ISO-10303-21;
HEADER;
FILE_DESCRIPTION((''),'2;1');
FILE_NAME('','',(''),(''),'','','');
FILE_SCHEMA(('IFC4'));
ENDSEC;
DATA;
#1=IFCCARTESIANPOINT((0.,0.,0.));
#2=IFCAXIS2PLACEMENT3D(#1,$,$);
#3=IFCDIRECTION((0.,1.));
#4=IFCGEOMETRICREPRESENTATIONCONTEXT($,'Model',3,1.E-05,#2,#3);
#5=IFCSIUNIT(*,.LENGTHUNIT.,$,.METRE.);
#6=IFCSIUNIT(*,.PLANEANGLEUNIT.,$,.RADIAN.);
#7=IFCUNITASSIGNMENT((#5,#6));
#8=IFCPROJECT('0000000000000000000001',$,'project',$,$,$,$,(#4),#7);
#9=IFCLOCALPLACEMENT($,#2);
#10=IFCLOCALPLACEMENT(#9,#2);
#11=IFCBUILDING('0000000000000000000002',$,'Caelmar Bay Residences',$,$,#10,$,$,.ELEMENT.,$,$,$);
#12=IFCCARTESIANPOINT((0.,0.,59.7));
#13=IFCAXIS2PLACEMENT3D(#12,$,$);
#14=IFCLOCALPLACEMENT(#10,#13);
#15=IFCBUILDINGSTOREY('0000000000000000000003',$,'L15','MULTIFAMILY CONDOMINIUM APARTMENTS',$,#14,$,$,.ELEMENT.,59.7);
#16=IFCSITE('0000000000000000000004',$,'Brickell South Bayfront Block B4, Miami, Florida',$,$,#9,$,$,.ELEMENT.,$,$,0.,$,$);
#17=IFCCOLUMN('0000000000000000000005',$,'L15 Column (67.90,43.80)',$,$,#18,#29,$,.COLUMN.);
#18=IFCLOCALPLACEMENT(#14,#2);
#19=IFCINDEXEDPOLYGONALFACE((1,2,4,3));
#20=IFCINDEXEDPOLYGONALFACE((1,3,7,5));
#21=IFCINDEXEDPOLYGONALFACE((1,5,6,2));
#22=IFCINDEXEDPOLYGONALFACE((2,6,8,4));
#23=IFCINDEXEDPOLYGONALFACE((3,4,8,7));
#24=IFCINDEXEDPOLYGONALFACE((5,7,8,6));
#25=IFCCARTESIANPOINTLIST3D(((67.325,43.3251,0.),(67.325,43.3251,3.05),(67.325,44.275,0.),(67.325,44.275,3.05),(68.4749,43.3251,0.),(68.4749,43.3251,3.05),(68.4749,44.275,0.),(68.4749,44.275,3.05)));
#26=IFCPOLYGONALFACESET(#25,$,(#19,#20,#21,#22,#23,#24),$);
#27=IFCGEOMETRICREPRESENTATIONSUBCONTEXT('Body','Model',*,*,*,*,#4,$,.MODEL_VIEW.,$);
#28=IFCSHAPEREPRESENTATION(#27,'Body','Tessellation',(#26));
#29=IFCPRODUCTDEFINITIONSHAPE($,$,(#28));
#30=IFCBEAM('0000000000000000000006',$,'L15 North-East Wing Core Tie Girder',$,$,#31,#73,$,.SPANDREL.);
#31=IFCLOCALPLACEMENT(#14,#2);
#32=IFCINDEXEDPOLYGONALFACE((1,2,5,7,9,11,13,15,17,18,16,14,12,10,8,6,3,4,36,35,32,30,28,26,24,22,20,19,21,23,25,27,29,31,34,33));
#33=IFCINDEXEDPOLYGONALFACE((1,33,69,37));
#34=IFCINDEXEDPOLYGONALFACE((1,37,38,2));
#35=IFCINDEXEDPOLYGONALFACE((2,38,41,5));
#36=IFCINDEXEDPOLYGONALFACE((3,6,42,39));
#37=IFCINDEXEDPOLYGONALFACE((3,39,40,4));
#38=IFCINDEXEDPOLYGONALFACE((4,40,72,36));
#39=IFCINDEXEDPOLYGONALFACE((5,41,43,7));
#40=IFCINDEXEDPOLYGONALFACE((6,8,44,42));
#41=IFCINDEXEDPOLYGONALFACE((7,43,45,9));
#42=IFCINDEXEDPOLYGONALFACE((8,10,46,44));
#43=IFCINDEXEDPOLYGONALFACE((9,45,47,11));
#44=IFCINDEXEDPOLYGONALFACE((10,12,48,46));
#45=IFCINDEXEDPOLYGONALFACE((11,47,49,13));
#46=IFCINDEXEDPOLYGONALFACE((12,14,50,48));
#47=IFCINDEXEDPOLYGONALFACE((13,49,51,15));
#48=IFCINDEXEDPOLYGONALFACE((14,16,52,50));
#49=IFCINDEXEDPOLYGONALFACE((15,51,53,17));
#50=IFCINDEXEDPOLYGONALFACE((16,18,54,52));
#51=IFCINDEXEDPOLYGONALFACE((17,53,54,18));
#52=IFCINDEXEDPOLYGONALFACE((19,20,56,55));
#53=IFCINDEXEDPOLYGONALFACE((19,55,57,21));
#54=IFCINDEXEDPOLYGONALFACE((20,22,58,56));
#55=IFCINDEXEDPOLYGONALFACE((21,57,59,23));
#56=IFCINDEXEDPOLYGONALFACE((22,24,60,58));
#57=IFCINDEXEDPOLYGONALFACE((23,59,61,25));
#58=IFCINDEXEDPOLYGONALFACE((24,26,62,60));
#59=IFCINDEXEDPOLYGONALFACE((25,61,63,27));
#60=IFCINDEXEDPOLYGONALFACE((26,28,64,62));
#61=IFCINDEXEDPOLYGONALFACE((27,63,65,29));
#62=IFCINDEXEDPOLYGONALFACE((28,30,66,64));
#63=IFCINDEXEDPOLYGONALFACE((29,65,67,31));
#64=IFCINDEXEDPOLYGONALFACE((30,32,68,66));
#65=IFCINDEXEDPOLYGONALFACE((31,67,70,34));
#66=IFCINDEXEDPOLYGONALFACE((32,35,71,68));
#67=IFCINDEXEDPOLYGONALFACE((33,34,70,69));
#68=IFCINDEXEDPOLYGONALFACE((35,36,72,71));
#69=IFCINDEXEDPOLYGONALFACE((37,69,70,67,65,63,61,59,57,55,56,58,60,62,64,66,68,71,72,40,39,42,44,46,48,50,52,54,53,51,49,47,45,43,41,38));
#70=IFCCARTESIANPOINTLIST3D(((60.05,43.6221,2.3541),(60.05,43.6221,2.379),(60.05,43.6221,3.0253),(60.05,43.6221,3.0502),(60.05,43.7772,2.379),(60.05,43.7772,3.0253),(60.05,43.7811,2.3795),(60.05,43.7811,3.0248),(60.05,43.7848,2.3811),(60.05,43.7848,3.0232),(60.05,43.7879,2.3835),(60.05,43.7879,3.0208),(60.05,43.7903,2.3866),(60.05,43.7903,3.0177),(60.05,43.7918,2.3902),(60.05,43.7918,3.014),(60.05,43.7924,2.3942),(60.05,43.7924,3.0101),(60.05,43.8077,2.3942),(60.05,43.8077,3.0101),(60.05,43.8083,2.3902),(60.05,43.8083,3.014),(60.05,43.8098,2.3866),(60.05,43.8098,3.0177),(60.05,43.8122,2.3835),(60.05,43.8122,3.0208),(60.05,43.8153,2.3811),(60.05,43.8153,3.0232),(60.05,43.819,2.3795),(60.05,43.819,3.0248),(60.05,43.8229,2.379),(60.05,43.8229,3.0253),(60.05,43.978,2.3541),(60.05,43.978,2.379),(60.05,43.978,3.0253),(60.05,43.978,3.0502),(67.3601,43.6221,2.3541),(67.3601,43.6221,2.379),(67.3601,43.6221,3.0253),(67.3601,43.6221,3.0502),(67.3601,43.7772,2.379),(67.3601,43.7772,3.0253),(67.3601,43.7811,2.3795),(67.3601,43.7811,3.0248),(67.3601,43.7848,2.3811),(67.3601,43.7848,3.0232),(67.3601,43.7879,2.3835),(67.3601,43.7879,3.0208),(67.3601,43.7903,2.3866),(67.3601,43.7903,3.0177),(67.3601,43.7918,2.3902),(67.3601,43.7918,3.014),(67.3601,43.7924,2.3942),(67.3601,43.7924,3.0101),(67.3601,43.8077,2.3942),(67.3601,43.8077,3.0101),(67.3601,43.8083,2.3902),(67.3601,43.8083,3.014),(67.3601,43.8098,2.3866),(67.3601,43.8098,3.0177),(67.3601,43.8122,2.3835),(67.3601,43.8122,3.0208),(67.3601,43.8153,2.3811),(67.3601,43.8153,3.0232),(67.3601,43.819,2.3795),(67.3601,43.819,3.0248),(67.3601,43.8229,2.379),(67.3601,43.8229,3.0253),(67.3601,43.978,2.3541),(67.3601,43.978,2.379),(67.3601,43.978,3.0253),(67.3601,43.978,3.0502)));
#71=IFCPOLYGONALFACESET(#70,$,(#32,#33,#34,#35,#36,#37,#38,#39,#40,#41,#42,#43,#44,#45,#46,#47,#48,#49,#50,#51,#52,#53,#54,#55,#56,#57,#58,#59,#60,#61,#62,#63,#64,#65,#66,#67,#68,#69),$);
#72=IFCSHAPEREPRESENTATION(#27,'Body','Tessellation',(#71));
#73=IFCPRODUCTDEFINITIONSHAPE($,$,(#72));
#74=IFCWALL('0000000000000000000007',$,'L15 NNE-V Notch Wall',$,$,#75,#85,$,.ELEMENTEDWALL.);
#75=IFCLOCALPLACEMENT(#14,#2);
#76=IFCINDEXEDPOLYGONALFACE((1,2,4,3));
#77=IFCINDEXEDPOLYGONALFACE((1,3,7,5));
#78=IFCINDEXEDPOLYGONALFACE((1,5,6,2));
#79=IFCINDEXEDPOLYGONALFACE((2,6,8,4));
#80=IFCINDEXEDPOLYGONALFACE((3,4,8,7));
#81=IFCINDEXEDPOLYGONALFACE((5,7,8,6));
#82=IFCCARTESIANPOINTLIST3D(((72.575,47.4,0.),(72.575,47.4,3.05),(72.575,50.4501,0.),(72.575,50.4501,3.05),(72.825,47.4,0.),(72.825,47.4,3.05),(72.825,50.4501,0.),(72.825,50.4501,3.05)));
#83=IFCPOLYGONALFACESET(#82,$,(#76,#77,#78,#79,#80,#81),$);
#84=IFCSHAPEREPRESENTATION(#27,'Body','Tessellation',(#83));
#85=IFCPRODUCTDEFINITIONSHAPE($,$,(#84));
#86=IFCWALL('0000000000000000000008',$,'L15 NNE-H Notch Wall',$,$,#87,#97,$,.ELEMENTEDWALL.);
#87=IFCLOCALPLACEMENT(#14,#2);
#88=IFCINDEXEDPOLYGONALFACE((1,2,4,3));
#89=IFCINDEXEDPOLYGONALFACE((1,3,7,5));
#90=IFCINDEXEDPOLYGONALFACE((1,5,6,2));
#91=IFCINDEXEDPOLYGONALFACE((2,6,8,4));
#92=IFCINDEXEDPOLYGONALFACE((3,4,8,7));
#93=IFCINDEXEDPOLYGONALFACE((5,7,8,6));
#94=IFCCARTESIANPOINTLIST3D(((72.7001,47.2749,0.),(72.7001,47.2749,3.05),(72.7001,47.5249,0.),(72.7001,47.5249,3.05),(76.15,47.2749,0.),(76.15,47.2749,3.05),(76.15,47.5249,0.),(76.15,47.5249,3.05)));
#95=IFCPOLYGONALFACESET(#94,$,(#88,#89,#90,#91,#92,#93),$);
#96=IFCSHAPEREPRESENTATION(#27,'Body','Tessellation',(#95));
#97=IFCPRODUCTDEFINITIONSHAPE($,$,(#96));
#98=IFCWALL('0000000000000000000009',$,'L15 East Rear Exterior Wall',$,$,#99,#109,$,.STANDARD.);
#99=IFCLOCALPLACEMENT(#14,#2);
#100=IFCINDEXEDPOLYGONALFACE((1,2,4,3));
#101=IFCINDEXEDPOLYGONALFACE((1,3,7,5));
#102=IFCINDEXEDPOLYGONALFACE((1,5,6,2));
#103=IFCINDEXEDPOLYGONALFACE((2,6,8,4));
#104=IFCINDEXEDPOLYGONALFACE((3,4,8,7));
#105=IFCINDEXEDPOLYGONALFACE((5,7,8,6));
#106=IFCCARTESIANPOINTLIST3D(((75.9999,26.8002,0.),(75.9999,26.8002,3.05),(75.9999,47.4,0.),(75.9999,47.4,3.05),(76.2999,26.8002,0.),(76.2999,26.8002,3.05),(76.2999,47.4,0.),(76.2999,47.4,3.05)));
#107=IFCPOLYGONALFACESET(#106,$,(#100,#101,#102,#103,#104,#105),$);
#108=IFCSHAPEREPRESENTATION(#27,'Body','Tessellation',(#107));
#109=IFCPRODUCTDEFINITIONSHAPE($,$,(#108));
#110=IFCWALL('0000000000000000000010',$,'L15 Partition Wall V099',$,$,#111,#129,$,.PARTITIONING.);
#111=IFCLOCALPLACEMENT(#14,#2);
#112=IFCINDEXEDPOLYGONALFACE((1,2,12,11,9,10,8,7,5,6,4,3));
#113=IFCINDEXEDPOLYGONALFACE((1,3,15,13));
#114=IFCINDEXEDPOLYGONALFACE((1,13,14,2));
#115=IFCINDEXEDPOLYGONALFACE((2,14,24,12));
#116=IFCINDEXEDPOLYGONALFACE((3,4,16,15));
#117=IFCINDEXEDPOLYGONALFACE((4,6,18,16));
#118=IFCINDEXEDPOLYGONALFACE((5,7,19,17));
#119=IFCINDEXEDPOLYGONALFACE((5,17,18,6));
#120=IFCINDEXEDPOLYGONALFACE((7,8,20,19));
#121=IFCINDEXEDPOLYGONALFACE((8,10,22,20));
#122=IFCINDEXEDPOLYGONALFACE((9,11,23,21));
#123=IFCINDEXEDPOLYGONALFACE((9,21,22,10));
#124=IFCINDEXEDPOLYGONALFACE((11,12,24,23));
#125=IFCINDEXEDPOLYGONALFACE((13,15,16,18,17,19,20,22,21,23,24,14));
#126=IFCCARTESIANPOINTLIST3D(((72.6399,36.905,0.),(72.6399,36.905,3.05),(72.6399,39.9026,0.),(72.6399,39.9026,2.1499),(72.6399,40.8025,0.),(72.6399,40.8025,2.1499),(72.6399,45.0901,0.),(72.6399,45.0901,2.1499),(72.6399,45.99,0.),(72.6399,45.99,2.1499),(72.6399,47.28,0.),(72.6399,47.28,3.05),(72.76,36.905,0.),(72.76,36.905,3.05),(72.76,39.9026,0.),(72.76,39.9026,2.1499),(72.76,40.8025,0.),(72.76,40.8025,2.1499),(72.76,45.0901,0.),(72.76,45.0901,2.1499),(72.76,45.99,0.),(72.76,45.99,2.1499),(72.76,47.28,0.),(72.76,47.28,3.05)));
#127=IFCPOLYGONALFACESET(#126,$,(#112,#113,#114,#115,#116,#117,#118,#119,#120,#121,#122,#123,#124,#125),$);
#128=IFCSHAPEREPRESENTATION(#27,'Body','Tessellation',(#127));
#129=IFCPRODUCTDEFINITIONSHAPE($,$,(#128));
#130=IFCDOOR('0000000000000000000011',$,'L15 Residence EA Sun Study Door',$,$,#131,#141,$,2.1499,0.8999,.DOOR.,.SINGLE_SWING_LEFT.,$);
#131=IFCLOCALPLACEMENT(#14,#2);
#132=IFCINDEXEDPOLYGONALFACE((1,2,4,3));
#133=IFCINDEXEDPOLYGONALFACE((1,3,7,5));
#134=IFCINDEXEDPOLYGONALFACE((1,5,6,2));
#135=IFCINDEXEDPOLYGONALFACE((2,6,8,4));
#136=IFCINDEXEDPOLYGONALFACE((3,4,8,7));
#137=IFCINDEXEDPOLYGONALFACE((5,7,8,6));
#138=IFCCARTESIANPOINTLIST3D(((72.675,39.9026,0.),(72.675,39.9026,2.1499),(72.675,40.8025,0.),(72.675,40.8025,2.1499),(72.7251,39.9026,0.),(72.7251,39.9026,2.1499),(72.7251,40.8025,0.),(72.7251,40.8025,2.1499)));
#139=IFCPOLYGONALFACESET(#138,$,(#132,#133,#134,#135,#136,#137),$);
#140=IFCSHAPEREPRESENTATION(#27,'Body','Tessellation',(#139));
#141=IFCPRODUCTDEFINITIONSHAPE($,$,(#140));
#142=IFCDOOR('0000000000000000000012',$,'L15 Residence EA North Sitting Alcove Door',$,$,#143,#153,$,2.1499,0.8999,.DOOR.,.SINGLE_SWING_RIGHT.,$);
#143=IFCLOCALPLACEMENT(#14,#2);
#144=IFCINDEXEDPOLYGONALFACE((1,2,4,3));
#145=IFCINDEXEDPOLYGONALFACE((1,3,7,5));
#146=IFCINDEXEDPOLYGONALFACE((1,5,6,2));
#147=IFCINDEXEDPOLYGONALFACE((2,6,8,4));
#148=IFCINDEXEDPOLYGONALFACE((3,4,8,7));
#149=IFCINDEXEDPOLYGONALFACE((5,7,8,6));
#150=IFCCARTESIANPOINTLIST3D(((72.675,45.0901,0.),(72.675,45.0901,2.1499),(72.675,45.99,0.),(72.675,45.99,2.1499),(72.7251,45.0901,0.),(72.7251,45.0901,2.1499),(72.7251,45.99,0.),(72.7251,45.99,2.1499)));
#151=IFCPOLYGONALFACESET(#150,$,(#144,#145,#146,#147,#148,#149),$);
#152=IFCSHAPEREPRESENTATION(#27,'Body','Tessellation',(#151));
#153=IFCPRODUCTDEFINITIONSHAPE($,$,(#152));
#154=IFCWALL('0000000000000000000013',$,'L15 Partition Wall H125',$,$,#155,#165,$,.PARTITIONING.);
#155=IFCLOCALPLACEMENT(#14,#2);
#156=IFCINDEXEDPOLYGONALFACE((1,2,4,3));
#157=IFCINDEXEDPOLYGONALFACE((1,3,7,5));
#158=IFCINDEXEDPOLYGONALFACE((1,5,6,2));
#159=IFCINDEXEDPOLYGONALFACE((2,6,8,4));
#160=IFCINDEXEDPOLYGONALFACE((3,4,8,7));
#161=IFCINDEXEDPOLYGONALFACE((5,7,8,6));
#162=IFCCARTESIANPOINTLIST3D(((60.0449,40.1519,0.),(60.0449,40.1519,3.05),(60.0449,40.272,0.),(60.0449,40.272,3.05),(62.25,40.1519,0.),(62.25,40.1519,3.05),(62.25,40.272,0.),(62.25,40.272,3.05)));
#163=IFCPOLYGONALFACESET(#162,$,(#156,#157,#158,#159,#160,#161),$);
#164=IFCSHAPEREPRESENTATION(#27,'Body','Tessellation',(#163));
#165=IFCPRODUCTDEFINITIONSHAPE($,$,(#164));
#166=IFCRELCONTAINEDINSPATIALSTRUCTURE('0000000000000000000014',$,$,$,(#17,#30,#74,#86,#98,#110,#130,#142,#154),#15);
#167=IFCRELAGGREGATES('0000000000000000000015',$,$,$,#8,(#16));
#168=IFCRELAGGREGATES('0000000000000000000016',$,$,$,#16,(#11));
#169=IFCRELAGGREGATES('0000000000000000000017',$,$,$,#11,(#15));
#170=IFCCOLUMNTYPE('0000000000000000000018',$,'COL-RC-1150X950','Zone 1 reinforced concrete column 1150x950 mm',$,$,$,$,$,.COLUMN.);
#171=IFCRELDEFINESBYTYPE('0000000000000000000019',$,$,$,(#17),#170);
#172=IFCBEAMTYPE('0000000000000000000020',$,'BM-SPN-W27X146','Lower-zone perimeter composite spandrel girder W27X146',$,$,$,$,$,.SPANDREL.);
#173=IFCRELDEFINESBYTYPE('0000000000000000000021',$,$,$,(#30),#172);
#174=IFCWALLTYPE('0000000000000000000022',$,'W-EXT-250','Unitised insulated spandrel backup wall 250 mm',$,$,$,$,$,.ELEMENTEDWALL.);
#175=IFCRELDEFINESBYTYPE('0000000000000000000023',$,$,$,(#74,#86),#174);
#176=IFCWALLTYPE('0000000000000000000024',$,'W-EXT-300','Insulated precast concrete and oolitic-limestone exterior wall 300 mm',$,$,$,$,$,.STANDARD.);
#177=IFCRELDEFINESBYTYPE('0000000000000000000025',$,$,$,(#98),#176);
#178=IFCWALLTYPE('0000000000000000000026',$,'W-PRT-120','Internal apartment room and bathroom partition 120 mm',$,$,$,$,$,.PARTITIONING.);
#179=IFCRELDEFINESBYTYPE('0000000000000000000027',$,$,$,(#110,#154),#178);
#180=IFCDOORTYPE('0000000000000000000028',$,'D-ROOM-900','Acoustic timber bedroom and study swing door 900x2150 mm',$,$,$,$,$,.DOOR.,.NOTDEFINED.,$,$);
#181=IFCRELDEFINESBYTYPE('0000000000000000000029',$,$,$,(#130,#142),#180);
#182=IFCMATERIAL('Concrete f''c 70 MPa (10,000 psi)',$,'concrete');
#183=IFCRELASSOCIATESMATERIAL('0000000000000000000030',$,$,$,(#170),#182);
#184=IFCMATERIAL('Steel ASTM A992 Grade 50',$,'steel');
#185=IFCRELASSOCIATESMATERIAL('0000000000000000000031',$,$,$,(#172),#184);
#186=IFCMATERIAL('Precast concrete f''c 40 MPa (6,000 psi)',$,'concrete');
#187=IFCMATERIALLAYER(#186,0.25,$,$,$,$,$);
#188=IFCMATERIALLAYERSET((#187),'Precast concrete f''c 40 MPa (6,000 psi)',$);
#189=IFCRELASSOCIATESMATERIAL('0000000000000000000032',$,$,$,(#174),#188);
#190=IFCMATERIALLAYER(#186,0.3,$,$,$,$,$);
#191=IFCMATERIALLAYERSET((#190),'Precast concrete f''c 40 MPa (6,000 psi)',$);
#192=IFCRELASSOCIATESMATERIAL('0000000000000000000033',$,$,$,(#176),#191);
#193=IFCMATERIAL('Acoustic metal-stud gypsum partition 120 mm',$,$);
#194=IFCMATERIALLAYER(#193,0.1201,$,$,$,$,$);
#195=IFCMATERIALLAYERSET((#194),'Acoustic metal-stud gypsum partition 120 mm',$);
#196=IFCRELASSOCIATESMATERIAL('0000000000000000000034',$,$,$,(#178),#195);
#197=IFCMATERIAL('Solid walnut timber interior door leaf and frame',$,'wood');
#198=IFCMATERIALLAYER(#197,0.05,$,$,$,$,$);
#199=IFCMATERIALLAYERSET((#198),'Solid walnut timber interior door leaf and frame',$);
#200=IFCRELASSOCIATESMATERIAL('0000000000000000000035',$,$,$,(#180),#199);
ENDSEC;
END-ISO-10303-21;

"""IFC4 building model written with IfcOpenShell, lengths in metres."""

from ifc_helpers import new_model, si_unit, direction, frame, frame_2d, origin, origin_2d, place, context, subcontext, project, spatial, rectangle, i_section, extrude, material, layer, layer_set, material_profile, profile_set, type_object, element, fill, save


model = new_model("IFC4")

# Units and contexts
model_context = context("Model", 3, precision=1e-05, world=origin(), true_north=direction((0.0, 1.0)))
body_context = subcontext(model_context, "Body", "Model", "MODEL_VIEW")
ifc_project = project(units=[si_unit("LENGTHUNIT", "METRE"), si_unit("PLANEANGLEUNIT", "RADIAN")], contexts=[model_context])

# Site, building, storey
site_placement = place(None, origin())
site = spatial("IfcSite", under=ifc_project, at=site_placement, Name="Brickell South Bayfront Block B4, Miami, Florida", CompositionType="ELEMENT", RefElevation=0.0)
building_placement = place(site_placement, origin())
building = spatial("IfcBuilding", under=site, at=building_placement, Name="Caelmar Bay Residences", CompositionType="ELEMENT")
storey_placement = place(building_placement, frame((0.0, 0.0, 59.7)))
storey = spatial("IfcBuildingStorey", under=building, at=storey_placement, Name="L15", Description="MULTIFAMILY CONDOMINIUM APARTMENTS", CompositionType="ELEMENT", Elevation=59.7)

# Column
ifc_material_1 = material(Name="Concrete f'c 70 MPa (10,000 psi)", Category="concrete")
ifc_material_profile_1 = material_profile(ifc_material_1, rectangle(XDim=1.1499, YDim=0.95, at=origin_2d()), Name="RC-COL-1150X950")
ifc_profile_set_1 = profile_set([ifc_material_profile_1], Name="Concrete f'c 70 MPa (10,000 psi)")
column_type = type_object("IfcColumnType", Name="COL-RC-1150X950", Description="Zone 1 reinforced concrete column 1150x950 mm", PredefinedType="COLUMN", material=ifc_profile_set_1)
column_placement = place(storey_placement, frame((67.8999, 43.8, 0.0), z_axis=(0.0, 0.0, 1.0), x_axis=(1.0, 0.0, 0.0)))
element("IfcColumn", 1, at=column_placement, inside=storey, type_object=column_type, Name="L15 Column (67.90,43.80)", PredefinedType="COLUMN", context=body_context, shape_type="SweptSolid", body=[
    extrude(rectangle(XDim=1.1499, YDim=0.95, at=origin_2d()), origin(), (0.0, 0.0, 1.0), 3.05),
])

# Beam
ifc_material_2 = material(Name="Steel ASTM A992 Grade 50", Category="steel")
ifc_material_profile_2 = material_profile(ifc_material_2, i_section(OverallWidth=0.356, OverallDepth=0.696, WebThickness=0.0154, FlangeThickness=0.0249, FilletRadius=0.0151, at=origin_2d()), Name="W27X146")
ifc_profile_set_2 = profile_set([ifc_material_profile_2], Name="Steel ASTM A992 Grade 50")
beam_type = type_object("IfcBeamType", Name="BM-SPN-W27X146", Description="Lower-zone perimeter composite spandrel girder W27X146", PredefinedType="SPANDREL", material=ifc_profile_set_2)
beam_placement = place(storey_placement, frame((60.05, 43.8, 2.7021), z_axis=(1.0, 0.0, 0.0), x_axis=(0.0, 1.0, 0.0)))
element("IfcBeam", 2, at=beam_placement, inside=storey, type_object=beam_type, Name="L15 North-East Wing Core Tie Girder", PredefinedType="SPANDREL", context=body_context, shape_type="SweptSolid", body=[
    extrude(i_section(OverallWidth=0.356, OverallDepth=0.696, WebThickness=0.0154, FlangeThickness=0.0249, FilletRadius=0.0151, at=origin_2d()), origin(), (0.0, 0.0, 1.0), 7.3101),
])

# Walls
ifc_material_3 = material(Name="Precast concrete f'c 40 MPa (6,000 psi)", Category="concrete")
ifc_layer_1 = layer(ifc_material_3, 0.25)
ifc_layer_set_1 = layer_set([ifc_layer_1], Name="Precast concrete f'c 40 MPa (6,000 psi)")
wall_type_1 = type_object("IfcWallType", Name="W-EXT-250", Description="Unitised insulated spandrel backup wall 250 mm", PredefinedType="ELEMENTEDWALL", material=ifc_layer_set_1)
wall_1_placement = place(storey_placement, frame((72.7, 50.45, 0.0), z_axis=(0.0, 0.0, 1.0), x_axis=(0.0, -1.0, 0.0)))
element("IfcWall", 3, at=wall_1_placement, inside=storey, type_object=wall_type_1, Name="L15 NNE-V Notch Wall", PredefinedType="ELEMENTEDWALL", context=body_context, shape_type="SweptSolid", body=[
    extrude(rectangle(XDim=3.05, YDim=0.25, at=frame_2d((1.5249, 0.0))), origin(), (0.0, 0.0, 1.0), 3.05),
])
wall_2_placement = place(storey_placement, frame((72.7, 47.3999, 0.0), z_axis=(0.0, 0.0, 1.0), x_axis=(1.0, 0.0, 0.0)))
element("IfcWall", 4, at=wall_2_placement, inside=storey, type_object=wall_type_1, Name="L15 NNE-H Notch Wall", PredefinedType="ELEMENTEDWALL", context=body_context, shape_type="SweptSolid", body=[
    extrude(rectangle(XDim=3.45, YDim=0.25, at=frame_2d((1.7251, 0.0))), origin(), (0.0, 0.0, 1.0), 3.05),
])
ifc_layer_2 = layer(ifc_material_3, 0.3)
ifc_layer_set_2 = layer_set([ifc_layer_2], Name="Precast concrete f'c 40 MPa (6,000 psi)")
wall_type_2 = type_object("IfcWallType", Name="W-EXT-300", Description="Insulated precast concrete and oolitic-limestone exterior wall 300 mm", PredefinedType="STANDARD", material=ifc_layer_set_2)
wall_3_placement = place(storey_placement, frame((76.1499, 47.3999, 0.0), z_axis=(0.0, 0.0, 1.0), x_axis=(0.0, -1.0, 0.0)))
element("IfcWall", 5, at=wall_3_placement, inside=storey, type_object=wall_type_2, Name="L15 East Rear Exterior Wall", PredefinedType="STANDARD", context=body_context, shape_type="SweptSolid", body=[
    extrude(rectangle(XDim=20.5999, YDim=0.3, at=frame_2d((10.2998, 0.0))), origin(), (0.0, 0.0, 1.0), 3.05),
])

# Wall, openings, doors
ifc_material_4 = material(Name="Acoustic metal-stud gypsum partition 120 mm")
ifc_layer_3 = layer(ifc_material_4, 0.1201)
ifc_layer_set_3 = layer_set([ifc_layer_3], Name="Acoustic metal-stud gypsum partition 120 mm")
wall_type_3 = type_object("IfcWallType", Name="W-PRT-120", Description="Internal apartment room and bathroom partition 120 mm", PredefinedType="PARTITIONING", material=ifc_layer_set_3)
wall_4_placement = place(storey_placement, frame((72.7, 36.905, 0.0), z_axis=(0.0, 0.0, 1.0), x_axis=(0.0, 1.0, 0.0)))
wall_4 = element("IfcWall", 6, at=wall_4_placement, inside=storey, type_object=wall_type_3, Name="L15 Partition Wall V099", PredefinedType="PARTITIONING", context=body_context, shape_type="SweptSolid", body=[
    extrude(rectangle(XDim=10.375, YDim=0.1201, at=frame_2d((5.1875, 0.0))), origin(), (0.0, 0.0, 1.0), 3.05),
])
opening_1_placement = place(wall_4_placement, frame((2.9976, 0.0, 0.0)))
opening_1 = element("IfcOpeningElement", 7, at=opening_1_placement, cuts=wall_4, PredefinedType="OPENING", context=body_context, shape_type="SweptSolid", body=[
    extrude(rectangle(XDim=0.8999, YDim=2.1499, at=frame_2d((0.45, 1.075))), frame((0.0, 0.0701, 0.0), z_axis=(0.0, -1.0, 0.0), x_axis=(1.0, 0.0, 0.0)), (0.0, 0.0, 1.0), 0.1401),
])
opening_2_placement = place(wall_4_placement, frame((8.1851, 0.0, 0.0)))
opening_2 = element("IfcOpeningElement", 8, at=opening_2_placement, cuts=wall_4, PredefinedType="OPENING", context=body_context, shape_type="SweptSolid", body=[
    extrude(rectangle(XDim=0.8999, YDim=2.1499, at=frame_2d((0.45, 1.075))), frame((0.0, 0.0701, 0.0), z_axis=(0.0, -1.0, 0.0), x_axis=(1.0, 0.0, 0.0)), (0.0, 0.0, 1.0), 0.1401),
])
ifc_material_5 = material(Name="Solid walnut timber interior door leaf and frame", Category="wood")
ifc_layer_4 = layer(ifc_material_5, 0.05)
ifc_layer_set_4 = layer_set([ifc_layer_4], Name="Solid walnut timber interior door leaf and frame")
door_type_1 = type_object("IfcDoorType", Name="D-ROOM-900", Description="Acoustic timber bedroom and study swing door 900x2150 mm", OperationType="NOTDEFINED", PredefinedType="DOOR", material=ifc_layer_set_4)
door_1_placement = place(opening_1_placement, origin())
door_1 = element("IfcDoor", 9, at=door_1_placement, inside=storey, type_object=door_type_1, Name="L15 Residence EA Sun Study Door", OperationType="SINGLE_SWING_LEFT", OverallHeight=2.1499, OverallWidth=0.8999, PredefinedType="DOOR", context=body_context, shape_type="SweptSolid", body=[
    extrude(rectangle(XDim=0.8999, YDim=2.1499, at=frame_2d((0.45, 1.075))), frame((0.0, 0.0249, 0.0), z_axis=(0.0, -1.0, 0.0), x_axis=(1.0, 0.0, 0.0)), (0.0, 0.0, 1.0), 0.05),
])
fill(opening_1, door_1)
door_2_placement = place(opening_2_placement, origin())
door_2 = element("IfcDoor", 10, at=door_2_placement, inside=storey, type_object=door_type_1, Name="L15 Residence EA North Sitting Alcove Door", OperationType="SINGLE_SWING_RIGHT", OverallHeight=2.1499, OverallWidth=0.8999, PredefinedType="DOOR", context=body_context, shape_type="SweptSolid", body=[
    extrude(rectangle(XDim=0.8999, YDim=2.1499, at=frame_2d((0.45, 1.075))), frame((0.0, 0.0249, 0.0), z_axis=(0.0, -1.0, 0.0), x_axis=(1.0, 0.0, 0.0)), (0.0, 0.0, 1.0), 0.05),
])
fill(opening_2, door_2)

# Wall
wall_5_placement = place(storey_placement, frame((60.0449, 40.2119, 0.0), z_axis=(0.0, 0.0, 1.0), x_axis=(1.0, 0.0, 0.0)))
element("IfcWall", 11, at=wall_5_placement, inside=storey, type_object=wall_type_3, Name="L15 Partition Wall H125", PredefinedType="PARTITIONING", context=body_context, shape_type="SweptSolid", body=[
    extrude(rectangle(XDim=2.2051, YDim=0.1201, at=frame_2d((1.1025, 0.0))), origin(), (0.0, 0.0, 1.0), 3.05),
])

save(model, "model.ifc")
